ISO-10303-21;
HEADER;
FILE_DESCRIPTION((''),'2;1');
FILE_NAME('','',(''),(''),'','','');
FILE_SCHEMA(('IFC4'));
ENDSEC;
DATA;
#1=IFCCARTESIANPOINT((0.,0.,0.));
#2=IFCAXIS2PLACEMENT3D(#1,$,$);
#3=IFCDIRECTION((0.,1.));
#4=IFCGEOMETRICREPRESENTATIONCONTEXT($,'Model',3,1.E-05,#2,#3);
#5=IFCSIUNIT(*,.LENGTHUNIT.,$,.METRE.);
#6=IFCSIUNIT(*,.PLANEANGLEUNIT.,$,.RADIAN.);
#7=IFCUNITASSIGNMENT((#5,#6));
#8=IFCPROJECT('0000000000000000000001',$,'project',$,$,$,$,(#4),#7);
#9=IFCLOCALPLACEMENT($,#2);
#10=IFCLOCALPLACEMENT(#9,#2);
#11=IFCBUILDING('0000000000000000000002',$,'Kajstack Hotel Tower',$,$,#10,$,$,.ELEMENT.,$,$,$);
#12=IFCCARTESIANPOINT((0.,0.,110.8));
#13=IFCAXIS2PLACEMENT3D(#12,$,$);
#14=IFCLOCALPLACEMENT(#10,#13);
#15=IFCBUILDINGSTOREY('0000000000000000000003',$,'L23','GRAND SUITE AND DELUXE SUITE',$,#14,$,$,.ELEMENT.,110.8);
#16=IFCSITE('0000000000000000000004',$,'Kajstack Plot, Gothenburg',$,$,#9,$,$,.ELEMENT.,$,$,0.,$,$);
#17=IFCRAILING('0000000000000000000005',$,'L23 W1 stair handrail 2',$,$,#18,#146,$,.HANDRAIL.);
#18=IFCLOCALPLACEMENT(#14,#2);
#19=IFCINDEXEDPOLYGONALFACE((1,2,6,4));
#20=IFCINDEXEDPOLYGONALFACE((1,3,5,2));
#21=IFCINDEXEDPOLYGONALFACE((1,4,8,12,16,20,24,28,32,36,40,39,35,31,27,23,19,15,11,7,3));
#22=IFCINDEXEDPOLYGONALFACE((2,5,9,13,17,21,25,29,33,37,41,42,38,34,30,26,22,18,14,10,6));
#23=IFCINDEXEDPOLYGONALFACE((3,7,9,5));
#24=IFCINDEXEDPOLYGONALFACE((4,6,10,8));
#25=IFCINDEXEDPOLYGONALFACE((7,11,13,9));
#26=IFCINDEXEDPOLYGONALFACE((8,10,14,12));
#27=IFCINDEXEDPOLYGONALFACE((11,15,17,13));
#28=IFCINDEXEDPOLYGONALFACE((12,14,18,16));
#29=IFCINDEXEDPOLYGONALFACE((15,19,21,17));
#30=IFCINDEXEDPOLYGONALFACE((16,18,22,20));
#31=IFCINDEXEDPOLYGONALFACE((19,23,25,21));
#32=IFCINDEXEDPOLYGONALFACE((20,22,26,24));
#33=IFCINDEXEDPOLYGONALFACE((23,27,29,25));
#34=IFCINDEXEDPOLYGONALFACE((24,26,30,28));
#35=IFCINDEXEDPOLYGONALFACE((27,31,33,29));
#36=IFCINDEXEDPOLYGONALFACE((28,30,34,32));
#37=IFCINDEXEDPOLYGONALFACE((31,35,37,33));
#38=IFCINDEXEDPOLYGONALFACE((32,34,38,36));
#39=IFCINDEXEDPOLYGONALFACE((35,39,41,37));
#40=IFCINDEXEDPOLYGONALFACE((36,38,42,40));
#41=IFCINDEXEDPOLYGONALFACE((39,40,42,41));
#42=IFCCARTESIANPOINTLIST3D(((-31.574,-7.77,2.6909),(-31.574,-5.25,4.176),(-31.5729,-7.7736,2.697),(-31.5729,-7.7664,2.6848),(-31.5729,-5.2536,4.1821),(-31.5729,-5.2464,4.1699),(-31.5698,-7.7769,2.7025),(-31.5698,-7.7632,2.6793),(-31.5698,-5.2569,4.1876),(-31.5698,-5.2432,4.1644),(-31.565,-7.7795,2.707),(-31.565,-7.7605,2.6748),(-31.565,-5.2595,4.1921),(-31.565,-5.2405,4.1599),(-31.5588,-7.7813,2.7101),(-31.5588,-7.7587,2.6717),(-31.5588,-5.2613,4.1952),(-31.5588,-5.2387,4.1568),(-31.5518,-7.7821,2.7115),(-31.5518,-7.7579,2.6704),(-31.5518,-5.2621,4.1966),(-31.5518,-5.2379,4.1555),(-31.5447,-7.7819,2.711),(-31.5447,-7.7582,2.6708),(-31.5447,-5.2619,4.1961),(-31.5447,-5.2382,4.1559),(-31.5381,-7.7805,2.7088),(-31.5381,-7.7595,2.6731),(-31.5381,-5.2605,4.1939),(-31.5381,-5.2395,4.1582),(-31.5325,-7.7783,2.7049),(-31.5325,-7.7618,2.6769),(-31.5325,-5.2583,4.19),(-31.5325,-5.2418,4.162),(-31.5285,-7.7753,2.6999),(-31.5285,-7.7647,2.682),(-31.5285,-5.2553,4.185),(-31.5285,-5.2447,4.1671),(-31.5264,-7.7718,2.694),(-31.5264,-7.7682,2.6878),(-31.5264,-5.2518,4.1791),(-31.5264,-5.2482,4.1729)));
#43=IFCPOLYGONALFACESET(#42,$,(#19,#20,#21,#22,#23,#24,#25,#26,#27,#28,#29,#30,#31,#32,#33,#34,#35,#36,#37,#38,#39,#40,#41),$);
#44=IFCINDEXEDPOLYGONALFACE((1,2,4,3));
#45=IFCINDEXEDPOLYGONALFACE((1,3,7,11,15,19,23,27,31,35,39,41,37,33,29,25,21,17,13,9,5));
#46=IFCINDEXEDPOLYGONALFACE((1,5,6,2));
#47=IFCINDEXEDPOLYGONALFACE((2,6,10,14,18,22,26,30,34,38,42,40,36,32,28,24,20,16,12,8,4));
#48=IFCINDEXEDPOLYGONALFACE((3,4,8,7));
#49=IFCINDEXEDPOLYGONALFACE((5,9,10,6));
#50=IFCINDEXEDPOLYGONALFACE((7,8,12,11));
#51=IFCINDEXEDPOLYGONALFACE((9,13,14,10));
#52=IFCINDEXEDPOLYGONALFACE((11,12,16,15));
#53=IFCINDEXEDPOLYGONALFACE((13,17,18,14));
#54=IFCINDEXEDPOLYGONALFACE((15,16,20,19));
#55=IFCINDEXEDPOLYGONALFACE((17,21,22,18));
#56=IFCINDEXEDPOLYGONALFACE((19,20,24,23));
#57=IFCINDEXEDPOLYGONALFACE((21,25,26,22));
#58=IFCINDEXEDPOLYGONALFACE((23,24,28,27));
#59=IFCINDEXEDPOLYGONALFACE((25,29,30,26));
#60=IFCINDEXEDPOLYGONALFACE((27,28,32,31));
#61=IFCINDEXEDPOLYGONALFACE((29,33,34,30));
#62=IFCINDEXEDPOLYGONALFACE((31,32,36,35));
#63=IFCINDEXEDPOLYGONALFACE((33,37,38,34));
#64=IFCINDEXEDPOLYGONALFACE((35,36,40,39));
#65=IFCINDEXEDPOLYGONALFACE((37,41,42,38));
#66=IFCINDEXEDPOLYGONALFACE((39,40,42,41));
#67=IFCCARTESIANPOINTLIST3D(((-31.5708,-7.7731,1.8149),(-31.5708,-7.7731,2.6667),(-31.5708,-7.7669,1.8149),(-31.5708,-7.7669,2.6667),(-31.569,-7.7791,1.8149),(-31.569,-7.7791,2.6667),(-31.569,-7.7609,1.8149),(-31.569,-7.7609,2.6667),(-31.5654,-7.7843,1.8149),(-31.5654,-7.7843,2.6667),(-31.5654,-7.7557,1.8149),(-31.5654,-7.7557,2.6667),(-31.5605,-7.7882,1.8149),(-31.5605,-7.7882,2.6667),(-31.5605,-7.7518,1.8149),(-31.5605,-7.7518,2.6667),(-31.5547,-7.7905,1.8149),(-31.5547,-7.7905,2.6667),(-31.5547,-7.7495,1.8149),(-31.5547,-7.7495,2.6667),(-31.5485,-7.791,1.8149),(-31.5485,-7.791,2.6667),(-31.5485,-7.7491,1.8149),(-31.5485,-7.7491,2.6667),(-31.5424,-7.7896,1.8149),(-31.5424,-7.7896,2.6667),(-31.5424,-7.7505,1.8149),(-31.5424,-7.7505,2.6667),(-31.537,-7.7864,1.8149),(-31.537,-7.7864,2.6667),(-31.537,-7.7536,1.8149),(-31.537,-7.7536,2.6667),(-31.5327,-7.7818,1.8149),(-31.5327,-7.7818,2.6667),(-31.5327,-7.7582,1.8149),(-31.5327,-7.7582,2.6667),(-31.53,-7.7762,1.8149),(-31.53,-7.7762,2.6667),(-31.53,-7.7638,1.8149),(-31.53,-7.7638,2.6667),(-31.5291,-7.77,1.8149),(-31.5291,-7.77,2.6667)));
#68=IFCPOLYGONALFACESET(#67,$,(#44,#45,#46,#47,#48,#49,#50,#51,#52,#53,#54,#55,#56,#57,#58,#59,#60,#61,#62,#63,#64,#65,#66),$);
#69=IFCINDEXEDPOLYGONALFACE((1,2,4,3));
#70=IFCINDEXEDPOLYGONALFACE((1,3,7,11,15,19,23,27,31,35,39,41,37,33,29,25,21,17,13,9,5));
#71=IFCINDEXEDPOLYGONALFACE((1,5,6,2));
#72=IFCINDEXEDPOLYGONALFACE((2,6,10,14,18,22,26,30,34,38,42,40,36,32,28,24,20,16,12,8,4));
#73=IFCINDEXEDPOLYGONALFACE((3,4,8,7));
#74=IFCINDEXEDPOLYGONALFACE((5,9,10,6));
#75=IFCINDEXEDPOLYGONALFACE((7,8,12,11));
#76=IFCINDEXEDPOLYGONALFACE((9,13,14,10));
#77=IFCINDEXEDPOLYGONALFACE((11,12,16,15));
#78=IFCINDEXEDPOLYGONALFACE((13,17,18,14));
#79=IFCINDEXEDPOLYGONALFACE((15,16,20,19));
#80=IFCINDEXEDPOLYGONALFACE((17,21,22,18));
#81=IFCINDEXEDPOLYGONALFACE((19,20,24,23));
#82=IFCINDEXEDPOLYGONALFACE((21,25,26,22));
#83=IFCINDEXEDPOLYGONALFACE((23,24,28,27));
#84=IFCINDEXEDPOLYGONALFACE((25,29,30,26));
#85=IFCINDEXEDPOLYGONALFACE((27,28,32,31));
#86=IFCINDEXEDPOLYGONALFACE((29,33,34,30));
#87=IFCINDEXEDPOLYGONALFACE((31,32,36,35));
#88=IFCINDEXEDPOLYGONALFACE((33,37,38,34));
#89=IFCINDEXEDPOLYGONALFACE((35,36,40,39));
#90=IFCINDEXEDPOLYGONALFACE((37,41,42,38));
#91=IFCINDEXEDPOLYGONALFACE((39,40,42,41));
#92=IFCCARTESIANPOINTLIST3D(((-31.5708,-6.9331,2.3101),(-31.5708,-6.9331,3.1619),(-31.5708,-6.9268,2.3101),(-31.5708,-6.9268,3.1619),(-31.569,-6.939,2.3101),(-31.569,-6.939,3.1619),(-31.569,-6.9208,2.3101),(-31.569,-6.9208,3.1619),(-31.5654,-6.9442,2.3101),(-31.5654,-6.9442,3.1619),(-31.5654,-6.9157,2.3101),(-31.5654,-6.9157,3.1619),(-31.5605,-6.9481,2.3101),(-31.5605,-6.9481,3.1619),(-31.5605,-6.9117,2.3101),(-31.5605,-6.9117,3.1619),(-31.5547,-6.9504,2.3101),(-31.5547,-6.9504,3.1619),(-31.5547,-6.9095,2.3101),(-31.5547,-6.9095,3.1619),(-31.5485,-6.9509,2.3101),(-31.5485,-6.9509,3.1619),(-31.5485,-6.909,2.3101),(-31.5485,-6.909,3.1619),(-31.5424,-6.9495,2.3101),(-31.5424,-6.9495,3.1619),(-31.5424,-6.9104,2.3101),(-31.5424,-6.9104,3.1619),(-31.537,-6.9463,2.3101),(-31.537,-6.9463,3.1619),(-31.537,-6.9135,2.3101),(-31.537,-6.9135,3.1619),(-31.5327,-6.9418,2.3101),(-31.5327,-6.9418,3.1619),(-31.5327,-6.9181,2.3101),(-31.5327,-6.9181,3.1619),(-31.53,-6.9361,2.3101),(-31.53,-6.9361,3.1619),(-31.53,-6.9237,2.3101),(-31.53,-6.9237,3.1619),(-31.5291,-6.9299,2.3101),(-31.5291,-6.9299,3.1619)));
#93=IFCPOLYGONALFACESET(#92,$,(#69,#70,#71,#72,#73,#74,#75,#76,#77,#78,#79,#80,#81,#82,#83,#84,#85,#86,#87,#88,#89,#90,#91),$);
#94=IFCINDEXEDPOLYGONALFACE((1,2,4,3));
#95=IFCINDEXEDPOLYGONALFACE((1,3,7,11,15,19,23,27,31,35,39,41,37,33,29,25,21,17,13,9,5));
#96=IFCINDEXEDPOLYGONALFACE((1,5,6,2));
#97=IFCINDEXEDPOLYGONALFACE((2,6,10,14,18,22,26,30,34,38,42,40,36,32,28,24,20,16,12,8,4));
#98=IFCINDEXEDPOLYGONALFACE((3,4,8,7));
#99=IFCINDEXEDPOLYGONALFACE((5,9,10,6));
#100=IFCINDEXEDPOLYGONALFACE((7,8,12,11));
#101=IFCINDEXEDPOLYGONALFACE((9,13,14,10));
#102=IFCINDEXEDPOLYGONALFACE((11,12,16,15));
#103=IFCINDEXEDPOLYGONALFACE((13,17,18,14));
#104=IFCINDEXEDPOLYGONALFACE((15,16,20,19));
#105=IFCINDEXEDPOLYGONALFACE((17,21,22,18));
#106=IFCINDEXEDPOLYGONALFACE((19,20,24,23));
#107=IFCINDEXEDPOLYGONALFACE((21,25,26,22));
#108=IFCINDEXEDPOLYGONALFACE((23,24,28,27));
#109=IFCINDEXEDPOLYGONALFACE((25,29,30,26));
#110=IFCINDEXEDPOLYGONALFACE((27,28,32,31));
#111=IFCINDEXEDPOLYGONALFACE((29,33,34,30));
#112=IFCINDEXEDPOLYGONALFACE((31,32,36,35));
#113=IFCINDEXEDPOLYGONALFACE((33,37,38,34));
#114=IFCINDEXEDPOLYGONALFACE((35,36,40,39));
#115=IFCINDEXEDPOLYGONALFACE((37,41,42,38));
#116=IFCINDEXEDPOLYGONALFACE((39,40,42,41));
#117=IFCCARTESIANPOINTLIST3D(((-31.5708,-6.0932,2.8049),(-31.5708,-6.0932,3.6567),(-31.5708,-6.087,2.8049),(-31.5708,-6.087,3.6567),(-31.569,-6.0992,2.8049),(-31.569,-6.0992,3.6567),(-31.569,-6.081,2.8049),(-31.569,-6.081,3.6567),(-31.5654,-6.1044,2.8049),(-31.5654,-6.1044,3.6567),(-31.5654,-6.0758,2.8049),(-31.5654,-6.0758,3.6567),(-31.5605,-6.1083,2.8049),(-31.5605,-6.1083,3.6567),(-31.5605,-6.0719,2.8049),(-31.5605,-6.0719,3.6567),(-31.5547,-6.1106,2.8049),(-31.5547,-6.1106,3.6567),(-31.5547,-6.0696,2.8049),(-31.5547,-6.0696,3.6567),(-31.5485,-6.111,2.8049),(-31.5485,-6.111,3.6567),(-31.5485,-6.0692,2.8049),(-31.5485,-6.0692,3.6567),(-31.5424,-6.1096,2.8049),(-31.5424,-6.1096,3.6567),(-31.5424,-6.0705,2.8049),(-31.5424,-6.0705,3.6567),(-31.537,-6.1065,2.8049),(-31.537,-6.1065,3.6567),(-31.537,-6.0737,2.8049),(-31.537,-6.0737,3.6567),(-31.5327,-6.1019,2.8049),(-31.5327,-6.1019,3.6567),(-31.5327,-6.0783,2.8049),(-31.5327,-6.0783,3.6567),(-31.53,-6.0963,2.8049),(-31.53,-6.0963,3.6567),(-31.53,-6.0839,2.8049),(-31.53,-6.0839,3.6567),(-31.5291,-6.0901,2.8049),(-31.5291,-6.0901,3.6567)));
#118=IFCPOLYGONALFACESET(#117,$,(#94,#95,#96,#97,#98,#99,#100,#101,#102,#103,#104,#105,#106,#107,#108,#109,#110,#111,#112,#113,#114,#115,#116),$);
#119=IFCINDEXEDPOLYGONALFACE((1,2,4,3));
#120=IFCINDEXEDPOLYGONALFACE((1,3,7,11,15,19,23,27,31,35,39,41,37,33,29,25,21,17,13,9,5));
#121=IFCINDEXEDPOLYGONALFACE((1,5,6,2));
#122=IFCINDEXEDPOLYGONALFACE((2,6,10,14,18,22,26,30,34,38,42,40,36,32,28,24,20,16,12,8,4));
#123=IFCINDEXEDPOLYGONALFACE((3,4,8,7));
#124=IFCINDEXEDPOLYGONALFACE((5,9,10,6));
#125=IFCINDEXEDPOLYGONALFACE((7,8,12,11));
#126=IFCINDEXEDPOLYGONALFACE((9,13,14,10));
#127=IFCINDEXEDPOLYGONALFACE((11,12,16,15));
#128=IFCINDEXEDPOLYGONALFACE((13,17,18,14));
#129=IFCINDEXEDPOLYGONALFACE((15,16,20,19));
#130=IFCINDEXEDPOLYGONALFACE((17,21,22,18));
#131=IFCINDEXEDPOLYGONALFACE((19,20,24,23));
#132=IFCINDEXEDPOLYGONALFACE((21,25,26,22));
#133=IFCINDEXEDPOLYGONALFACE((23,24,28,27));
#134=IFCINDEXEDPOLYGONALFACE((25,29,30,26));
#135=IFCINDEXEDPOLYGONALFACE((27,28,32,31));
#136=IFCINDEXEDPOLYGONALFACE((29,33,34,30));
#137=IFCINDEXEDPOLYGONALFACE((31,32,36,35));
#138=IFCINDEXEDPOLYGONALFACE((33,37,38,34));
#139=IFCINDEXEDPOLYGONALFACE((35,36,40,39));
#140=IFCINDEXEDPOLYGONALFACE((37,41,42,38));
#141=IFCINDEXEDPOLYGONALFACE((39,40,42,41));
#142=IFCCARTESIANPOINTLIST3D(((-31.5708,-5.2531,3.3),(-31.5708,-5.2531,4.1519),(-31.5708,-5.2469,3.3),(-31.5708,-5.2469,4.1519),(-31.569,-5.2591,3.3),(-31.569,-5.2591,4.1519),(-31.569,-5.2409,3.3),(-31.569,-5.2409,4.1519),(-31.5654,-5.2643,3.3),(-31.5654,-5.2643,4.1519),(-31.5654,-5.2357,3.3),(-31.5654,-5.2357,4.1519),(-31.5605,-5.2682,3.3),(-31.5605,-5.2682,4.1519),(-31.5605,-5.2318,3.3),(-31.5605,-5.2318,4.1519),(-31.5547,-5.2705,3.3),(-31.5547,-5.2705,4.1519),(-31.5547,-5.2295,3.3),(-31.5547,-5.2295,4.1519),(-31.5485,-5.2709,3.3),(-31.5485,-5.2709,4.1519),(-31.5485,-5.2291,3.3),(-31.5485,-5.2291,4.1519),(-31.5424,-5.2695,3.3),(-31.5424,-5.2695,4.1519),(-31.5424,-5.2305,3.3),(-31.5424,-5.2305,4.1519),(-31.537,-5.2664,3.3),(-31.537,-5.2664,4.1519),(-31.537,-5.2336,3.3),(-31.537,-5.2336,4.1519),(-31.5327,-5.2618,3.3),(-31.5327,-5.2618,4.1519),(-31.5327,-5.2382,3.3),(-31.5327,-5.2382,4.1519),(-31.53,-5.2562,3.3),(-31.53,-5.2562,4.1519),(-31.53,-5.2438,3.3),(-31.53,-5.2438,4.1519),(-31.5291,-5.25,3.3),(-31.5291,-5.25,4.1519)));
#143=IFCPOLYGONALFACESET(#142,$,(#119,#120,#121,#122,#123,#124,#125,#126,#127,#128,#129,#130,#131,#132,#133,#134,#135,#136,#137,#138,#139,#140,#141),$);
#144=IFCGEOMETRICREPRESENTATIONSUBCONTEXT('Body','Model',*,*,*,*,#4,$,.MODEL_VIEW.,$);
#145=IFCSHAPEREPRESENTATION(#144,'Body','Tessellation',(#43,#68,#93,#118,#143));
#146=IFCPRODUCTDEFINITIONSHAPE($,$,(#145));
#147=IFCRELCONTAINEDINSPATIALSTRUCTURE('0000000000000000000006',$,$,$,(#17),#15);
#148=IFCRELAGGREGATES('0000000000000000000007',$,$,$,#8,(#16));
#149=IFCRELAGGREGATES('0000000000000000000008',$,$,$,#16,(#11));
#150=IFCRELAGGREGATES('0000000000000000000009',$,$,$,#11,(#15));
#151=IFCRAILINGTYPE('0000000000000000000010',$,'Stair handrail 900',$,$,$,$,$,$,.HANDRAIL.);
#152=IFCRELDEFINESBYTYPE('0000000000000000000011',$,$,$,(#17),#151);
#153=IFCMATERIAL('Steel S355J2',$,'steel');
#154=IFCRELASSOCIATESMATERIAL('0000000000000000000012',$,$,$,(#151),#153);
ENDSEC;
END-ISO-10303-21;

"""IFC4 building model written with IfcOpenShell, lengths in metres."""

from ifc_helpers import new_model, si_unit, direction, frame, origin, origin_2d, place, context, subcontext, project, spatial, circle, extrude, material, type_object, element, save


model = new_model("IFC4")

# Units and contexts
model_context = context("Model", 3, precision=1e-05, world=origin(), true_north=direction((0.0, 1.0)))
body_context = subcontext(model_context, "Body", "Model", "MODEL_VIEW")
ifc_project = project(units=[si_unit("LENGTHUNIT", "METRE"), si_unit("PLANEANGLEUNIT", "RADIAN")], contexts=[model_context])

# Site, building, storey
site_placement = place(None, origin())
site = spatial("IfcSite", under=ifc_project, at=site_placement, Name="Kajstack Plot, Gothenburg", CompositionType="ELEMENT", RefElevation=0.0)
building_placement = place(site_placement, origin())
building = spatial("IfcBuilding", under=site, at=building_placement, Name="Kajstack Hotel Tower", CompositionType="ELEMENT")
storey_placement = place(building_placement, frame((0.0, 0.0, 110.8)))
storey = spatial("IfcBuildingStorey", under=building, at=storey_placement, Name="L23", Description="GRAND SUITE AND DELUXE SUITE", CompositionType="ELEMENT", Elevation=110.8)

# Railing
ifc_material_1 = material(Name="Steel S355J2", Category="steel")
railing_type_1 = type_object("IfcRailingType", Name="Stair handrail 900", PredefinedType="HANDRAIL", material=ifc_material_1)
railing_1_placement = place(storey_placement, frame((-31.55, -7.77, 1.8149)))
element("IfcRailing", 1, at=railing_1_placement, inside=storey, type_object=railing_type_1, Name="L23 W1 stair handrail 2", PredefinedType="HANDRAIL", context=body_context, shape_type="SweptSolid", body=[
    extrude(circle(Radius=0.0239, at=origin_2d()), frame((0.0, 0.0, 0.876), z_axis=(0.0, 0.861524, 0.507717), x_axis=(-1.0, 0.0, 0.0)), (0.0, 0.0, 1.0), 2.925),
    extrude(circle(Radius=0.021, at=origin_2d()), origin(), (0.0, 0.0, 1.0), 0.8518),
    extrude(circle(Radius=0.021, at=origin_2d()), frame((0.0, 0.8401, 0.4951)), (0.0, 0.0, 1.0), 0.8518),
    extrude(circle(Radius=0.021, at=origin_2d()), frame((0.0, 1.6799, 0.99)), (0.0, 0.0, 1.0), 0.8518),
    extrude(circle(Radius=0.021, at=origin_2d()), frame((0.0, 2.52, 1.4851)), (0.0, 0.0, 1.0), 0.8518),
])

save(model, "model.ifc")
